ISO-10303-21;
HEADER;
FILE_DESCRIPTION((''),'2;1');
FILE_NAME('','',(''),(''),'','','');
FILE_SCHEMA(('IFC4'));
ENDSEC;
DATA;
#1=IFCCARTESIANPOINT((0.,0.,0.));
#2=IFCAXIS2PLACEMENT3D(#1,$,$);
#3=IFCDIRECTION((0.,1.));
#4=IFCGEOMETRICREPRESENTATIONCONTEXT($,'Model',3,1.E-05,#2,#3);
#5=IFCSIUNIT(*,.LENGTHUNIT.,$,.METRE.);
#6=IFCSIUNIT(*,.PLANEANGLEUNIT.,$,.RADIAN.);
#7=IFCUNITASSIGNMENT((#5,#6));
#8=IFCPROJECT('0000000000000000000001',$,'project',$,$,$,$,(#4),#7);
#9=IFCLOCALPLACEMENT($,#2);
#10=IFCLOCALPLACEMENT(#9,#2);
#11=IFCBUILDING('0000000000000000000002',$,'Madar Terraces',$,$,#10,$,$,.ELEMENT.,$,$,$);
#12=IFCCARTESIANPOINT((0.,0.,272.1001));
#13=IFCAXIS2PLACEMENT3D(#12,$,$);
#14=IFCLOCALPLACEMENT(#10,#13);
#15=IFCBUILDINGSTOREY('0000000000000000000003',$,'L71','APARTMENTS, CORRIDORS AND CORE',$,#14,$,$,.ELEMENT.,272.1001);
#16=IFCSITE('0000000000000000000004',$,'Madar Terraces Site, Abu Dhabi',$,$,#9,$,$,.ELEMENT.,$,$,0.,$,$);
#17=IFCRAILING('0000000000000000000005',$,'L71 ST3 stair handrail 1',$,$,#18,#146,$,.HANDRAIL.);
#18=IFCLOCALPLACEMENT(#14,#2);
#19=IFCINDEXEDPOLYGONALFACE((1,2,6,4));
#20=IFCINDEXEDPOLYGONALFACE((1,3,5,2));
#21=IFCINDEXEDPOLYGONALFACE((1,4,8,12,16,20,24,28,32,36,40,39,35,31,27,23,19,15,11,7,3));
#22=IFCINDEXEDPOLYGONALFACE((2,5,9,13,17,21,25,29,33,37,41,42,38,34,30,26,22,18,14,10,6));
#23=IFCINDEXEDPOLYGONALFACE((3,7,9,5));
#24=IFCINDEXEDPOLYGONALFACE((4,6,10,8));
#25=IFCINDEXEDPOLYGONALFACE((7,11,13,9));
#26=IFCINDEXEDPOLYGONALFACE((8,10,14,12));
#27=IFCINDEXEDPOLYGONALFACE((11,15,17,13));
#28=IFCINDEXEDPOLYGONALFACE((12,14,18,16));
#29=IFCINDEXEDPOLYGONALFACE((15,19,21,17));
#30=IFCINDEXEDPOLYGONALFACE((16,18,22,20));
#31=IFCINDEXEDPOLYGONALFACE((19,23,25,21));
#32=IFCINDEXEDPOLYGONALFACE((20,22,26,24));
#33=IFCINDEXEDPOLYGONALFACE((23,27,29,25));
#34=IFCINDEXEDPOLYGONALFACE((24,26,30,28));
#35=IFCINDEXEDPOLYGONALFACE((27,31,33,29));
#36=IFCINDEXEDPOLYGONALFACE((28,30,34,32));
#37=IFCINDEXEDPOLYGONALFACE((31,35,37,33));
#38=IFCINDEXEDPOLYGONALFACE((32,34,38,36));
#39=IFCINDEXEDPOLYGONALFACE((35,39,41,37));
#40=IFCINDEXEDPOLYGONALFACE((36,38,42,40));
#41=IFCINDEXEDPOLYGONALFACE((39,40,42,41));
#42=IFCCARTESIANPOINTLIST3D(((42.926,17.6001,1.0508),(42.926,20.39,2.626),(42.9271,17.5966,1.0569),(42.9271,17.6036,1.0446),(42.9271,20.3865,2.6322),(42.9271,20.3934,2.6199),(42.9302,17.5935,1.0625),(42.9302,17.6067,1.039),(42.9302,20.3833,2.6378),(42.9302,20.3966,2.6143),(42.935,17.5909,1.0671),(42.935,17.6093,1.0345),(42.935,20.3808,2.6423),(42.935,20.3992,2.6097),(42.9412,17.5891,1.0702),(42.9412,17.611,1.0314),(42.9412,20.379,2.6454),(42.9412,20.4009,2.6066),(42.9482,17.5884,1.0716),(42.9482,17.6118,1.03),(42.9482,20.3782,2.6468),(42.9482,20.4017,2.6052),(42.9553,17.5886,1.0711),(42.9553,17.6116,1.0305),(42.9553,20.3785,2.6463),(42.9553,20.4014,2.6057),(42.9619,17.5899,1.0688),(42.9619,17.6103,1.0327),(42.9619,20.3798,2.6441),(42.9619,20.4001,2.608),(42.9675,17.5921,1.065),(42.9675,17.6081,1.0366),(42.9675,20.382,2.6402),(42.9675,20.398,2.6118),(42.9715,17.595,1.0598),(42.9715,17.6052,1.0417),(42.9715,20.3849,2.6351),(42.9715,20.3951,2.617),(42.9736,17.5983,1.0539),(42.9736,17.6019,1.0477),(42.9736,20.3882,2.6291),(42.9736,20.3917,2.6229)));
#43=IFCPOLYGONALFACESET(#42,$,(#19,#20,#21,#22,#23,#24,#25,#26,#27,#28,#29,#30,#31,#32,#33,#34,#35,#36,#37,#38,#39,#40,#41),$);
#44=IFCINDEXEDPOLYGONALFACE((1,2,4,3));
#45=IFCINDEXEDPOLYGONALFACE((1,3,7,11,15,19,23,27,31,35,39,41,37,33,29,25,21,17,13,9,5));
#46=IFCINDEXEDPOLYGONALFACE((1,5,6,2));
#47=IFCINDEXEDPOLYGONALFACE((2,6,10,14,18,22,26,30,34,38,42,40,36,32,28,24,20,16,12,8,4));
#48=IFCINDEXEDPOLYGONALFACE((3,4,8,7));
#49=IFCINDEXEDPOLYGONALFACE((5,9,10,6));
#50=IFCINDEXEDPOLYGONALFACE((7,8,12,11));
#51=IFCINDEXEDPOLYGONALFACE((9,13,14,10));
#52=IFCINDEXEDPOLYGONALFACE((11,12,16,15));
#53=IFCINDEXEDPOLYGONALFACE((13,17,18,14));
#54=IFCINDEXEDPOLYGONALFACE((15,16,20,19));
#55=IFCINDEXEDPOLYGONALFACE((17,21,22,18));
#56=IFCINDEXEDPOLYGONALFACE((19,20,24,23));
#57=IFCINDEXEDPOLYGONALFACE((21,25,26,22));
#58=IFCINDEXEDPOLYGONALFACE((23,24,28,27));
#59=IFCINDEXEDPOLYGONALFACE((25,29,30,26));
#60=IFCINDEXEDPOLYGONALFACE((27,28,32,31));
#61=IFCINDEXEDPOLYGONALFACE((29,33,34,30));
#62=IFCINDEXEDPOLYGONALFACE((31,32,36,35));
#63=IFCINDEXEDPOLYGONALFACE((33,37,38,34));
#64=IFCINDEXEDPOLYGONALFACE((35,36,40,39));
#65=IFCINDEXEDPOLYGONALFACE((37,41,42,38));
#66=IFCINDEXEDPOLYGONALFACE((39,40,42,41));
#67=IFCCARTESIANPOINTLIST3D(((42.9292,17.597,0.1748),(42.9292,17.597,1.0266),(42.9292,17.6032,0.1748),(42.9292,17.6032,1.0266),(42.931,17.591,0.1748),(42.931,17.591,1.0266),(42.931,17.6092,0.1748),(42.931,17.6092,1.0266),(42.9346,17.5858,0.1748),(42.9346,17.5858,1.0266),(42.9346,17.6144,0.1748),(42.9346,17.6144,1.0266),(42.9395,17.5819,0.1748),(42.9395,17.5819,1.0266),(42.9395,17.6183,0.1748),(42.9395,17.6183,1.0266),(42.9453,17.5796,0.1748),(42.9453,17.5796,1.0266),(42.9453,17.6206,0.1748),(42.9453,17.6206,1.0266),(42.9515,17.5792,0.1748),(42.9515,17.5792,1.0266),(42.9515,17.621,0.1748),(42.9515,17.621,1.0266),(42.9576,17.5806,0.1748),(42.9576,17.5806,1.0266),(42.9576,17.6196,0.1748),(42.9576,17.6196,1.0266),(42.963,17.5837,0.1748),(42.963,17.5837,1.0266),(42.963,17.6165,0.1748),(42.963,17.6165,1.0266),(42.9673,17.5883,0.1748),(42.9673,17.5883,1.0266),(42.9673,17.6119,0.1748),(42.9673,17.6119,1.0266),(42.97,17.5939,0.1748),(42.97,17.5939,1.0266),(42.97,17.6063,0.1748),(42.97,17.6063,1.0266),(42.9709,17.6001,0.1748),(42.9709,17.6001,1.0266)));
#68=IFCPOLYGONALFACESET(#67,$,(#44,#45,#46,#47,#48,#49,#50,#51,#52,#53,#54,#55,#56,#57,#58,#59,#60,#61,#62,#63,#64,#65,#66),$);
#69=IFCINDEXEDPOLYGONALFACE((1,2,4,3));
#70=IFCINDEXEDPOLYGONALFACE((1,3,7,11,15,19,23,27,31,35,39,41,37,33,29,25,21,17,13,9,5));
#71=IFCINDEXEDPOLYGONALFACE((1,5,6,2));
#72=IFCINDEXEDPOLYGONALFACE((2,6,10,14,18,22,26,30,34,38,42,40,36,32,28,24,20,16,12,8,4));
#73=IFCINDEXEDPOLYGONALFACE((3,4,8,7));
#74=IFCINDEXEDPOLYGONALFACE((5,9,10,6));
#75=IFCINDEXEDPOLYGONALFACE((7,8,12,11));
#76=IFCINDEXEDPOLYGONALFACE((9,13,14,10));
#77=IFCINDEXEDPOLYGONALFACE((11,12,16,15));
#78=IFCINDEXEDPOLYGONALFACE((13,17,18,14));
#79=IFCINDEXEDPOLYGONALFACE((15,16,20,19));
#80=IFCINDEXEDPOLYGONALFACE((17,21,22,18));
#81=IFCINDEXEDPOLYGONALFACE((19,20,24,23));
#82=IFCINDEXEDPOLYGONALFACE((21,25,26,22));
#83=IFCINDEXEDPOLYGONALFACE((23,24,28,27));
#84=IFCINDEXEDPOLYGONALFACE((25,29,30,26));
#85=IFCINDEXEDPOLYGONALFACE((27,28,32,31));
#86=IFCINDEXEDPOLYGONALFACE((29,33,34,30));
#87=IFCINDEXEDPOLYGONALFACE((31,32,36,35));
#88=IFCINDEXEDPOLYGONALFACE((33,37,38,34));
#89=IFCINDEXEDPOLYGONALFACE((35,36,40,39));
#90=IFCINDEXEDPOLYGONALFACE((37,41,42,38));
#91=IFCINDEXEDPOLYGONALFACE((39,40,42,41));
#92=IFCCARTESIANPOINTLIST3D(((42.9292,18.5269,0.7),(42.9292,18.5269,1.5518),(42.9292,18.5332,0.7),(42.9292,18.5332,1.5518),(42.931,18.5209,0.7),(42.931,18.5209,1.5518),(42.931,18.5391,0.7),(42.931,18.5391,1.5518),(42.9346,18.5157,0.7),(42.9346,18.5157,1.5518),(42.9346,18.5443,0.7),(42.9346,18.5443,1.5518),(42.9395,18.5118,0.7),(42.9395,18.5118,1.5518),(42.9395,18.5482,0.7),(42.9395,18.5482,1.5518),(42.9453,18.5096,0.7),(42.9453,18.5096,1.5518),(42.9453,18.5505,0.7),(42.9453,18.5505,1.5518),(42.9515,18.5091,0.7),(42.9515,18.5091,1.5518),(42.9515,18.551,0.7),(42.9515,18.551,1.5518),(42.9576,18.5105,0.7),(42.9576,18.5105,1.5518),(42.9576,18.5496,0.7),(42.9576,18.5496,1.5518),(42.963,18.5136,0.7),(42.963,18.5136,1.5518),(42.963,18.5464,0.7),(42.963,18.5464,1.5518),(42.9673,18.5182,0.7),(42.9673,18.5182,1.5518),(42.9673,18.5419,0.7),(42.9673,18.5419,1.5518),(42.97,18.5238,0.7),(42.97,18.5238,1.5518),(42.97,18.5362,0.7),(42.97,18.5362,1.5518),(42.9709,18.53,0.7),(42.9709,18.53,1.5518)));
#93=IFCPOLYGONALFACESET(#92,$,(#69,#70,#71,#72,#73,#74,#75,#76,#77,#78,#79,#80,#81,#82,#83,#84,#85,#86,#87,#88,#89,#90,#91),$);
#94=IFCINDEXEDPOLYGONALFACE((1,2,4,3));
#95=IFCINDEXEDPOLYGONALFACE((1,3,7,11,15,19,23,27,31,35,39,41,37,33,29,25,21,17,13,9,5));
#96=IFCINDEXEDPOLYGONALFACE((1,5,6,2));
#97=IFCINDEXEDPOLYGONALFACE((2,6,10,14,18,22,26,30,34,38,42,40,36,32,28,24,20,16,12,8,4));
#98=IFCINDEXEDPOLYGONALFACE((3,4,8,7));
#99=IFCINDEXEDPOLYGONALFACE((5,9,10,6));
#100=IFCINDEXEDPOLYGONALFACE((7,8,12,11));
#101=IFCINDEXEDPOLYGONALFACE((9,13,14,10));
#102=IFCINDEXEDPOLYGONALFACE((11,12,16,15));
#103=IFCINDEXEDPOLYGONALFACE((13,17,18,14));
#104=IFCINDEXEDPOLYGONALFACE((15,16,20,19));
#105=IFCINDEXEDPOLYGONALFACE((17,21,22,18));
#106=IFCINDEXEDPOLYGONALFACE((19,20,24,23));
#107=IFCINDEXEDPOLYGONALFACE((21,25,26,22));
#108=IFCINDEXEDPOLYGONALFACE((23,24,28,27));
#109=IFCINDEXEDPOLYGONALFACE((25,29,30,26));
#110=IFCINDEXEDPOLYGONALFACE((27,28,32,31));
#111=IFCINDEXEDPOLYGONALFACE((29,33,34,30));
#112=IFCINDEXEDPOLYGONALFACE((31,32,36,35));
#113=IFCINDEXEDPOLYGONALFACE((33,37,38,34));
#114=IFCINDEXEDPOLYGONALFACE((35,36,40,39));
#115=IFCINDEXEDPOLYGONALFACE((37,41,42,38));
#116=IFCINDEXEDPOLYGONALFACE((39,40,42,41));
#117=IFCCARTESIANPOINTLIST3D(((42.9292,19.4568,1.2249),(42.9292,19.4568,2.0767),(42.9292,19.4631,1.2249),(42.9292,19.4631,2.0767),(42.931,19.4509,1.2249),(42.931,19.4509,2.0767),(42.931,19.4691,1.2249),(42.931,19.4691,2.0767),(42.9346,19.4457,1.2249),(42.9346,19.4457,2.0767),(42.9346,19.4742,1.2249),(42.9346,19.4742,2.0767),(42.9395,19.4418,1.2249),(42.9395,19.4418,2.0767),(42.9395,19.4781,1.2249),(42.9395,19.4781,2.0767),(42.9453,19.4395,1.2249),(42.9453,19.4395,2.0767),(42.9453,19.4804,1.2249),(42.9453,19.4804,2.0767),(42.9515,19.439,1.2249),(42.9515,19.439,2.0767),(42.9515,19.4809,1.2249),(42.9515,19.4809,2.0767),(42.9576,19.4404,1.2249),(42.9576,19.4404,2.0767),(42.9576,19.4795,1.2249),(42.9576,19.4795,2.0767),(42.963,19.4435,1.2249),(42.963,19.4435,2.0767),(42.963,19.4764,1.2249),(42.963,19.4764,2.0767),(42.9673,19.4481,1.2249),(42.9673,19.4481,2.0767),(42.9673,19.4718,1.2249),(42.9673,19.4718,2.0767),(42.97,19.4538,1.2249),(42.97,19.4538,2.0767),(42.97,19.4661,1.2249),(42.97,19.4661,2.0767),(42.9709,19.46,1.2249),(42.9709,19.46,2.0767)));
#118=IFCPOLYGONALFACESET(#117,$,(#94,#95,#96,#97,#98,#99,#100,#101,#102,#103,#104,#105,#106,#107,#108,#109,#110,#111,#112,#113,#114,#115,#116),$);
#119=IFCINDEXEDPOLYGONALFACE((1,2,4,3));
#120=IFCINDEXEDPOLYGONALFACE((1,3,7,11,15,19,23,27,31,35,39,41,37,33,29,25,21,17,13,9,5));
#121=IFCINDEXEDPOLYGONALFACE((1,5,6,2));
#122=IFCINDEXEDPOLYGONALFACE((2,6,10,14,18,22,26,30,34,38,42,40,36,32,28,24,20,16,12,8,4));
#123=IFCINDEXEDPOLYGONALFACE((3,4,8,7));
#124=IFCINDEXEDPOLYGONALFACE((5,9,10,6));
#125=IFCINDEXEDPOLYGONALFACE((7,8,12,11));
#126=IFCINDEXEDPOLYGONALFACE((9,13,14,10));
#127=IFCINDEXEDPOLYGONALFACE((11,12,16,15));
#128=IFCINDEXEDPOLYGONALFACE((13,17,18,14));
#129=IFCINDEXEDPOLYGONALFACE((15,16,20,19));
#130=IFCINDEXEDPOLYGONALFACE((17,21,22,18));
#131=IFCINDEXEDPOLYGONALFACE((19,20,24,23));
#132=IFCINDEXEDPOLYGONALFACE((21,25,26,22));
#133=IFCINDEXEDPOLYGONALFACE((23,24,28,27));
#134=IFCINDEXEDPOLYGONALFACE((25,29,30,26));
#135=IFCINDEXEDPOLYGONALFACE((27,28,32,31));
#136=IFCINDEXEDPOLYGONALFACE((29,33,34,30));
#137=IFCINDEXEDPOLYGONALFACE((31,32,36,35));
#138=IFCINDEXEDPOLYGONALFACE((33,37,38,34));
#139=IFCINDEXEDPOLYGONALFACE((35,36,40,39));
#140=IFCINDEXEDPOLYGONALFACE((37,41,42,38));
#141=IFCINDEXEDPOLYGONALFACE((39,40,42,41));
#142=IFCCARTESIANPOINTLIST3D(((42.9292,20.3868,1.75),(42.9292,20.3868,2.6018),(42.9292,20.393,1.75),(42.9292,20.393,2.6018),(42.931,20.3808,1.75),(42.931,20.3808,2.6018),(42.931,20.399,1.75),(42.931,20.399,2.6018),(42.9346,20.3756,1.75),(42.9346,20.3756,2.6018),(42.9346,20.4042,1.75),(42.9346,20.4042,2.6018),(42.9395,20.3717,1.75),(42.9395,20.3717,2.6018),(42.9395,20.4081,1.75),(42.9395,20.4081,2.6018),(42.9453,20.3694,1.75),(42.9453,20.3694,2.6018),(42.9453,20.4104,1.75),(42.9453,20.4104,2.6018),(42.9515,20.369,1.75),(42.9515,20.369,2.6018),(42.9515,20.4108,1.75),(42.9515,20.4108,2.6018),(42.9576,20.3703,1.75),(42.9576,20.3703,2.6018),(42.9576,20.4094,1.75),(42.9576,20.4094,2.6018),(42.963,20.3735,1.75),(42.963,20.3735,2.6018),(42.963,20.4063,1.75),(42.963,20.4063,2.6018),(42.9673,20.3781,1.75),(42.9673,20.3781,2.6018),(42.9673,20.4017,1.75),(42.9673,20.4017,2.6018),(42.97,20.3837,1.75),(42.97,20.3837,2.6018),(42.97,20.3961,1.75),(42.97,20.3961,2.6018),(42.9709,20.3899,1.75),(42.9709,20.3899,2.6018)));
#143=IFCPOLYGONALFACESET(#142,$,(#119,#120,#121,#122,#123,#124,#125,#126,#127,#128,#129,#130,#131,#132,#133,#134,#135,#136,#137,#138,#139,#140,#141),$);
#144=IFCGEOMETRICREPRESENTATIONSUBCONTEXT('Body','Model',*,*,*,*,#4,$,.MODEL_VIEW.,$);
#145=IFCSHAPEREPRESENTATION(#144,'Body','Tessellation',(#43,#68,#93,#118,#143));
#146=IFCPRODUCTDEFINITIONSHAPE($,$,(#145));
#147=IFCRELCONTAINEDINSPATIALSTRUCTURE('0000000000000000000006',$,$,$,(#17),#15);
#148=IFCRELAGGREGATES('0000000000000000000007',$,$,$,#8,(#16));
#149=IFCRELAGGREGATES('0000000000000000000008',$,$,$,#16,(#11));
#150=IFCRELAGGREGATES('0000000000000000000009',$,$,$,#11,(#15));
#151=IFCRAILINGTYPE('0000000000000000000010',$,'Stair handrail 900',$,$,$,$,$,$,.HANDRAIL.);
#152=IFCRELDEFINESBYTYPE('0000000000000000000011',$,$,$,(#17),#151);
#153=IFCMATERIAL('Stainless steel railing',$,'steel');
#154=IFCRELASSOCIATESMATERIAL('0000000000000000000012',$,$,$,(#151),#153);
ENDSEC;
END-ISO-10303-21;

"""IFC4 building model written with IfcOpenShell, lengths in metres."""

from ifc_helpers import new_model, si_unit, direction, frame, origin, origin_2d, place, context, subcontext, project, spatial, circle, extrude, material, type_object, element, save


model = new_model("IFC4")

# Units and contexts
model_context = context("Model", 3, precision=1e-05, world=origin(), true_north=direction((0.0, 1.0)))
body_context = subcontext(model_context, "Body", "Model", "MODEL_VIEW")
ifc_project = project(units=[si_unit("LENGTHUNIT", "METRE"), si_unit("PLANEANGLEUNIT", "RADIAN")], contexts=[model_context])

# Site, building, storey
site_placement = place(None, origin())
site = spatial("IfcSite", under=ifc_project, at=site_placement, Name="Madar Terraces Site, Abu Dhabi", CompositionType="ELEMENT", RefElevation=0.0)
building_placement = place(site_placement, origin())
building = spatial("IfcBuilding", under=site, at=building_placement, Name="Madar Terraces", CompositionType="ELEMENT")
storey_placement = place(building_placement, frame((0.0, 0.0, 272.1001)))
storey = spatial("IfcBuildingStorey", under=building, at=storey_placement, Name="L71", Description="APARTMENTS, CORRIDORS AND CORE", CompositionType="ELEMENT", Elevation=272.1001)

# Railing
ifc_material_1 = material(Name="Stainless steel railing", Category="steel")
railing_type_1 = type_object("IfcRailingType", Name="Stair handrail 900", PredefinedType="HANDRAIL", material=ifc_material_1)
railing_1_placement = place(storey_placement, frame((42.95, 17.6001, 0.1748)))
element("IfcRailing", 1, at=railing_1_placement, inside=storey, type_object=railing_type_1, Name="L71 ST3 stair handrail 1", PredefinedType="HANDRAIL", context=body_context, shape_type="SweptSolid", body=[
    extrude(circle(Radius=0.0239, at=origin_2d()), frame((0.0, 0.0, 0.876), z_axis=(0.0, 0.870783, 0.491668), x_axis=(-1.0, 0.0, 0.0)), (0.0, 0.0, 1.0), 3.2039),
    extrude(circle(Radius=0.021, at=origin_2d()), origin(), (0.0, 0.0, 1.0), 0.8518),
    extrude(circle(Radius=0.021, at=origin_2d()), frame((0.0, 0.9299, 0.5251)), (0.0, 0.0, 1.0), 0.8518),
    extrude(circle(Radius=0.021, at=origin_2d()), frame((0.0, 1.8599, 1.05)), (0.0, 0.0, 1.0), 0.8518),
    extrude(circle(Radius=0.021, at=origin_2d()), frame((0.0, 2.7898, 1.5752)), (0.0, 0.0, 1.0), 0.8518),
])

save(model, "model.ifc")
